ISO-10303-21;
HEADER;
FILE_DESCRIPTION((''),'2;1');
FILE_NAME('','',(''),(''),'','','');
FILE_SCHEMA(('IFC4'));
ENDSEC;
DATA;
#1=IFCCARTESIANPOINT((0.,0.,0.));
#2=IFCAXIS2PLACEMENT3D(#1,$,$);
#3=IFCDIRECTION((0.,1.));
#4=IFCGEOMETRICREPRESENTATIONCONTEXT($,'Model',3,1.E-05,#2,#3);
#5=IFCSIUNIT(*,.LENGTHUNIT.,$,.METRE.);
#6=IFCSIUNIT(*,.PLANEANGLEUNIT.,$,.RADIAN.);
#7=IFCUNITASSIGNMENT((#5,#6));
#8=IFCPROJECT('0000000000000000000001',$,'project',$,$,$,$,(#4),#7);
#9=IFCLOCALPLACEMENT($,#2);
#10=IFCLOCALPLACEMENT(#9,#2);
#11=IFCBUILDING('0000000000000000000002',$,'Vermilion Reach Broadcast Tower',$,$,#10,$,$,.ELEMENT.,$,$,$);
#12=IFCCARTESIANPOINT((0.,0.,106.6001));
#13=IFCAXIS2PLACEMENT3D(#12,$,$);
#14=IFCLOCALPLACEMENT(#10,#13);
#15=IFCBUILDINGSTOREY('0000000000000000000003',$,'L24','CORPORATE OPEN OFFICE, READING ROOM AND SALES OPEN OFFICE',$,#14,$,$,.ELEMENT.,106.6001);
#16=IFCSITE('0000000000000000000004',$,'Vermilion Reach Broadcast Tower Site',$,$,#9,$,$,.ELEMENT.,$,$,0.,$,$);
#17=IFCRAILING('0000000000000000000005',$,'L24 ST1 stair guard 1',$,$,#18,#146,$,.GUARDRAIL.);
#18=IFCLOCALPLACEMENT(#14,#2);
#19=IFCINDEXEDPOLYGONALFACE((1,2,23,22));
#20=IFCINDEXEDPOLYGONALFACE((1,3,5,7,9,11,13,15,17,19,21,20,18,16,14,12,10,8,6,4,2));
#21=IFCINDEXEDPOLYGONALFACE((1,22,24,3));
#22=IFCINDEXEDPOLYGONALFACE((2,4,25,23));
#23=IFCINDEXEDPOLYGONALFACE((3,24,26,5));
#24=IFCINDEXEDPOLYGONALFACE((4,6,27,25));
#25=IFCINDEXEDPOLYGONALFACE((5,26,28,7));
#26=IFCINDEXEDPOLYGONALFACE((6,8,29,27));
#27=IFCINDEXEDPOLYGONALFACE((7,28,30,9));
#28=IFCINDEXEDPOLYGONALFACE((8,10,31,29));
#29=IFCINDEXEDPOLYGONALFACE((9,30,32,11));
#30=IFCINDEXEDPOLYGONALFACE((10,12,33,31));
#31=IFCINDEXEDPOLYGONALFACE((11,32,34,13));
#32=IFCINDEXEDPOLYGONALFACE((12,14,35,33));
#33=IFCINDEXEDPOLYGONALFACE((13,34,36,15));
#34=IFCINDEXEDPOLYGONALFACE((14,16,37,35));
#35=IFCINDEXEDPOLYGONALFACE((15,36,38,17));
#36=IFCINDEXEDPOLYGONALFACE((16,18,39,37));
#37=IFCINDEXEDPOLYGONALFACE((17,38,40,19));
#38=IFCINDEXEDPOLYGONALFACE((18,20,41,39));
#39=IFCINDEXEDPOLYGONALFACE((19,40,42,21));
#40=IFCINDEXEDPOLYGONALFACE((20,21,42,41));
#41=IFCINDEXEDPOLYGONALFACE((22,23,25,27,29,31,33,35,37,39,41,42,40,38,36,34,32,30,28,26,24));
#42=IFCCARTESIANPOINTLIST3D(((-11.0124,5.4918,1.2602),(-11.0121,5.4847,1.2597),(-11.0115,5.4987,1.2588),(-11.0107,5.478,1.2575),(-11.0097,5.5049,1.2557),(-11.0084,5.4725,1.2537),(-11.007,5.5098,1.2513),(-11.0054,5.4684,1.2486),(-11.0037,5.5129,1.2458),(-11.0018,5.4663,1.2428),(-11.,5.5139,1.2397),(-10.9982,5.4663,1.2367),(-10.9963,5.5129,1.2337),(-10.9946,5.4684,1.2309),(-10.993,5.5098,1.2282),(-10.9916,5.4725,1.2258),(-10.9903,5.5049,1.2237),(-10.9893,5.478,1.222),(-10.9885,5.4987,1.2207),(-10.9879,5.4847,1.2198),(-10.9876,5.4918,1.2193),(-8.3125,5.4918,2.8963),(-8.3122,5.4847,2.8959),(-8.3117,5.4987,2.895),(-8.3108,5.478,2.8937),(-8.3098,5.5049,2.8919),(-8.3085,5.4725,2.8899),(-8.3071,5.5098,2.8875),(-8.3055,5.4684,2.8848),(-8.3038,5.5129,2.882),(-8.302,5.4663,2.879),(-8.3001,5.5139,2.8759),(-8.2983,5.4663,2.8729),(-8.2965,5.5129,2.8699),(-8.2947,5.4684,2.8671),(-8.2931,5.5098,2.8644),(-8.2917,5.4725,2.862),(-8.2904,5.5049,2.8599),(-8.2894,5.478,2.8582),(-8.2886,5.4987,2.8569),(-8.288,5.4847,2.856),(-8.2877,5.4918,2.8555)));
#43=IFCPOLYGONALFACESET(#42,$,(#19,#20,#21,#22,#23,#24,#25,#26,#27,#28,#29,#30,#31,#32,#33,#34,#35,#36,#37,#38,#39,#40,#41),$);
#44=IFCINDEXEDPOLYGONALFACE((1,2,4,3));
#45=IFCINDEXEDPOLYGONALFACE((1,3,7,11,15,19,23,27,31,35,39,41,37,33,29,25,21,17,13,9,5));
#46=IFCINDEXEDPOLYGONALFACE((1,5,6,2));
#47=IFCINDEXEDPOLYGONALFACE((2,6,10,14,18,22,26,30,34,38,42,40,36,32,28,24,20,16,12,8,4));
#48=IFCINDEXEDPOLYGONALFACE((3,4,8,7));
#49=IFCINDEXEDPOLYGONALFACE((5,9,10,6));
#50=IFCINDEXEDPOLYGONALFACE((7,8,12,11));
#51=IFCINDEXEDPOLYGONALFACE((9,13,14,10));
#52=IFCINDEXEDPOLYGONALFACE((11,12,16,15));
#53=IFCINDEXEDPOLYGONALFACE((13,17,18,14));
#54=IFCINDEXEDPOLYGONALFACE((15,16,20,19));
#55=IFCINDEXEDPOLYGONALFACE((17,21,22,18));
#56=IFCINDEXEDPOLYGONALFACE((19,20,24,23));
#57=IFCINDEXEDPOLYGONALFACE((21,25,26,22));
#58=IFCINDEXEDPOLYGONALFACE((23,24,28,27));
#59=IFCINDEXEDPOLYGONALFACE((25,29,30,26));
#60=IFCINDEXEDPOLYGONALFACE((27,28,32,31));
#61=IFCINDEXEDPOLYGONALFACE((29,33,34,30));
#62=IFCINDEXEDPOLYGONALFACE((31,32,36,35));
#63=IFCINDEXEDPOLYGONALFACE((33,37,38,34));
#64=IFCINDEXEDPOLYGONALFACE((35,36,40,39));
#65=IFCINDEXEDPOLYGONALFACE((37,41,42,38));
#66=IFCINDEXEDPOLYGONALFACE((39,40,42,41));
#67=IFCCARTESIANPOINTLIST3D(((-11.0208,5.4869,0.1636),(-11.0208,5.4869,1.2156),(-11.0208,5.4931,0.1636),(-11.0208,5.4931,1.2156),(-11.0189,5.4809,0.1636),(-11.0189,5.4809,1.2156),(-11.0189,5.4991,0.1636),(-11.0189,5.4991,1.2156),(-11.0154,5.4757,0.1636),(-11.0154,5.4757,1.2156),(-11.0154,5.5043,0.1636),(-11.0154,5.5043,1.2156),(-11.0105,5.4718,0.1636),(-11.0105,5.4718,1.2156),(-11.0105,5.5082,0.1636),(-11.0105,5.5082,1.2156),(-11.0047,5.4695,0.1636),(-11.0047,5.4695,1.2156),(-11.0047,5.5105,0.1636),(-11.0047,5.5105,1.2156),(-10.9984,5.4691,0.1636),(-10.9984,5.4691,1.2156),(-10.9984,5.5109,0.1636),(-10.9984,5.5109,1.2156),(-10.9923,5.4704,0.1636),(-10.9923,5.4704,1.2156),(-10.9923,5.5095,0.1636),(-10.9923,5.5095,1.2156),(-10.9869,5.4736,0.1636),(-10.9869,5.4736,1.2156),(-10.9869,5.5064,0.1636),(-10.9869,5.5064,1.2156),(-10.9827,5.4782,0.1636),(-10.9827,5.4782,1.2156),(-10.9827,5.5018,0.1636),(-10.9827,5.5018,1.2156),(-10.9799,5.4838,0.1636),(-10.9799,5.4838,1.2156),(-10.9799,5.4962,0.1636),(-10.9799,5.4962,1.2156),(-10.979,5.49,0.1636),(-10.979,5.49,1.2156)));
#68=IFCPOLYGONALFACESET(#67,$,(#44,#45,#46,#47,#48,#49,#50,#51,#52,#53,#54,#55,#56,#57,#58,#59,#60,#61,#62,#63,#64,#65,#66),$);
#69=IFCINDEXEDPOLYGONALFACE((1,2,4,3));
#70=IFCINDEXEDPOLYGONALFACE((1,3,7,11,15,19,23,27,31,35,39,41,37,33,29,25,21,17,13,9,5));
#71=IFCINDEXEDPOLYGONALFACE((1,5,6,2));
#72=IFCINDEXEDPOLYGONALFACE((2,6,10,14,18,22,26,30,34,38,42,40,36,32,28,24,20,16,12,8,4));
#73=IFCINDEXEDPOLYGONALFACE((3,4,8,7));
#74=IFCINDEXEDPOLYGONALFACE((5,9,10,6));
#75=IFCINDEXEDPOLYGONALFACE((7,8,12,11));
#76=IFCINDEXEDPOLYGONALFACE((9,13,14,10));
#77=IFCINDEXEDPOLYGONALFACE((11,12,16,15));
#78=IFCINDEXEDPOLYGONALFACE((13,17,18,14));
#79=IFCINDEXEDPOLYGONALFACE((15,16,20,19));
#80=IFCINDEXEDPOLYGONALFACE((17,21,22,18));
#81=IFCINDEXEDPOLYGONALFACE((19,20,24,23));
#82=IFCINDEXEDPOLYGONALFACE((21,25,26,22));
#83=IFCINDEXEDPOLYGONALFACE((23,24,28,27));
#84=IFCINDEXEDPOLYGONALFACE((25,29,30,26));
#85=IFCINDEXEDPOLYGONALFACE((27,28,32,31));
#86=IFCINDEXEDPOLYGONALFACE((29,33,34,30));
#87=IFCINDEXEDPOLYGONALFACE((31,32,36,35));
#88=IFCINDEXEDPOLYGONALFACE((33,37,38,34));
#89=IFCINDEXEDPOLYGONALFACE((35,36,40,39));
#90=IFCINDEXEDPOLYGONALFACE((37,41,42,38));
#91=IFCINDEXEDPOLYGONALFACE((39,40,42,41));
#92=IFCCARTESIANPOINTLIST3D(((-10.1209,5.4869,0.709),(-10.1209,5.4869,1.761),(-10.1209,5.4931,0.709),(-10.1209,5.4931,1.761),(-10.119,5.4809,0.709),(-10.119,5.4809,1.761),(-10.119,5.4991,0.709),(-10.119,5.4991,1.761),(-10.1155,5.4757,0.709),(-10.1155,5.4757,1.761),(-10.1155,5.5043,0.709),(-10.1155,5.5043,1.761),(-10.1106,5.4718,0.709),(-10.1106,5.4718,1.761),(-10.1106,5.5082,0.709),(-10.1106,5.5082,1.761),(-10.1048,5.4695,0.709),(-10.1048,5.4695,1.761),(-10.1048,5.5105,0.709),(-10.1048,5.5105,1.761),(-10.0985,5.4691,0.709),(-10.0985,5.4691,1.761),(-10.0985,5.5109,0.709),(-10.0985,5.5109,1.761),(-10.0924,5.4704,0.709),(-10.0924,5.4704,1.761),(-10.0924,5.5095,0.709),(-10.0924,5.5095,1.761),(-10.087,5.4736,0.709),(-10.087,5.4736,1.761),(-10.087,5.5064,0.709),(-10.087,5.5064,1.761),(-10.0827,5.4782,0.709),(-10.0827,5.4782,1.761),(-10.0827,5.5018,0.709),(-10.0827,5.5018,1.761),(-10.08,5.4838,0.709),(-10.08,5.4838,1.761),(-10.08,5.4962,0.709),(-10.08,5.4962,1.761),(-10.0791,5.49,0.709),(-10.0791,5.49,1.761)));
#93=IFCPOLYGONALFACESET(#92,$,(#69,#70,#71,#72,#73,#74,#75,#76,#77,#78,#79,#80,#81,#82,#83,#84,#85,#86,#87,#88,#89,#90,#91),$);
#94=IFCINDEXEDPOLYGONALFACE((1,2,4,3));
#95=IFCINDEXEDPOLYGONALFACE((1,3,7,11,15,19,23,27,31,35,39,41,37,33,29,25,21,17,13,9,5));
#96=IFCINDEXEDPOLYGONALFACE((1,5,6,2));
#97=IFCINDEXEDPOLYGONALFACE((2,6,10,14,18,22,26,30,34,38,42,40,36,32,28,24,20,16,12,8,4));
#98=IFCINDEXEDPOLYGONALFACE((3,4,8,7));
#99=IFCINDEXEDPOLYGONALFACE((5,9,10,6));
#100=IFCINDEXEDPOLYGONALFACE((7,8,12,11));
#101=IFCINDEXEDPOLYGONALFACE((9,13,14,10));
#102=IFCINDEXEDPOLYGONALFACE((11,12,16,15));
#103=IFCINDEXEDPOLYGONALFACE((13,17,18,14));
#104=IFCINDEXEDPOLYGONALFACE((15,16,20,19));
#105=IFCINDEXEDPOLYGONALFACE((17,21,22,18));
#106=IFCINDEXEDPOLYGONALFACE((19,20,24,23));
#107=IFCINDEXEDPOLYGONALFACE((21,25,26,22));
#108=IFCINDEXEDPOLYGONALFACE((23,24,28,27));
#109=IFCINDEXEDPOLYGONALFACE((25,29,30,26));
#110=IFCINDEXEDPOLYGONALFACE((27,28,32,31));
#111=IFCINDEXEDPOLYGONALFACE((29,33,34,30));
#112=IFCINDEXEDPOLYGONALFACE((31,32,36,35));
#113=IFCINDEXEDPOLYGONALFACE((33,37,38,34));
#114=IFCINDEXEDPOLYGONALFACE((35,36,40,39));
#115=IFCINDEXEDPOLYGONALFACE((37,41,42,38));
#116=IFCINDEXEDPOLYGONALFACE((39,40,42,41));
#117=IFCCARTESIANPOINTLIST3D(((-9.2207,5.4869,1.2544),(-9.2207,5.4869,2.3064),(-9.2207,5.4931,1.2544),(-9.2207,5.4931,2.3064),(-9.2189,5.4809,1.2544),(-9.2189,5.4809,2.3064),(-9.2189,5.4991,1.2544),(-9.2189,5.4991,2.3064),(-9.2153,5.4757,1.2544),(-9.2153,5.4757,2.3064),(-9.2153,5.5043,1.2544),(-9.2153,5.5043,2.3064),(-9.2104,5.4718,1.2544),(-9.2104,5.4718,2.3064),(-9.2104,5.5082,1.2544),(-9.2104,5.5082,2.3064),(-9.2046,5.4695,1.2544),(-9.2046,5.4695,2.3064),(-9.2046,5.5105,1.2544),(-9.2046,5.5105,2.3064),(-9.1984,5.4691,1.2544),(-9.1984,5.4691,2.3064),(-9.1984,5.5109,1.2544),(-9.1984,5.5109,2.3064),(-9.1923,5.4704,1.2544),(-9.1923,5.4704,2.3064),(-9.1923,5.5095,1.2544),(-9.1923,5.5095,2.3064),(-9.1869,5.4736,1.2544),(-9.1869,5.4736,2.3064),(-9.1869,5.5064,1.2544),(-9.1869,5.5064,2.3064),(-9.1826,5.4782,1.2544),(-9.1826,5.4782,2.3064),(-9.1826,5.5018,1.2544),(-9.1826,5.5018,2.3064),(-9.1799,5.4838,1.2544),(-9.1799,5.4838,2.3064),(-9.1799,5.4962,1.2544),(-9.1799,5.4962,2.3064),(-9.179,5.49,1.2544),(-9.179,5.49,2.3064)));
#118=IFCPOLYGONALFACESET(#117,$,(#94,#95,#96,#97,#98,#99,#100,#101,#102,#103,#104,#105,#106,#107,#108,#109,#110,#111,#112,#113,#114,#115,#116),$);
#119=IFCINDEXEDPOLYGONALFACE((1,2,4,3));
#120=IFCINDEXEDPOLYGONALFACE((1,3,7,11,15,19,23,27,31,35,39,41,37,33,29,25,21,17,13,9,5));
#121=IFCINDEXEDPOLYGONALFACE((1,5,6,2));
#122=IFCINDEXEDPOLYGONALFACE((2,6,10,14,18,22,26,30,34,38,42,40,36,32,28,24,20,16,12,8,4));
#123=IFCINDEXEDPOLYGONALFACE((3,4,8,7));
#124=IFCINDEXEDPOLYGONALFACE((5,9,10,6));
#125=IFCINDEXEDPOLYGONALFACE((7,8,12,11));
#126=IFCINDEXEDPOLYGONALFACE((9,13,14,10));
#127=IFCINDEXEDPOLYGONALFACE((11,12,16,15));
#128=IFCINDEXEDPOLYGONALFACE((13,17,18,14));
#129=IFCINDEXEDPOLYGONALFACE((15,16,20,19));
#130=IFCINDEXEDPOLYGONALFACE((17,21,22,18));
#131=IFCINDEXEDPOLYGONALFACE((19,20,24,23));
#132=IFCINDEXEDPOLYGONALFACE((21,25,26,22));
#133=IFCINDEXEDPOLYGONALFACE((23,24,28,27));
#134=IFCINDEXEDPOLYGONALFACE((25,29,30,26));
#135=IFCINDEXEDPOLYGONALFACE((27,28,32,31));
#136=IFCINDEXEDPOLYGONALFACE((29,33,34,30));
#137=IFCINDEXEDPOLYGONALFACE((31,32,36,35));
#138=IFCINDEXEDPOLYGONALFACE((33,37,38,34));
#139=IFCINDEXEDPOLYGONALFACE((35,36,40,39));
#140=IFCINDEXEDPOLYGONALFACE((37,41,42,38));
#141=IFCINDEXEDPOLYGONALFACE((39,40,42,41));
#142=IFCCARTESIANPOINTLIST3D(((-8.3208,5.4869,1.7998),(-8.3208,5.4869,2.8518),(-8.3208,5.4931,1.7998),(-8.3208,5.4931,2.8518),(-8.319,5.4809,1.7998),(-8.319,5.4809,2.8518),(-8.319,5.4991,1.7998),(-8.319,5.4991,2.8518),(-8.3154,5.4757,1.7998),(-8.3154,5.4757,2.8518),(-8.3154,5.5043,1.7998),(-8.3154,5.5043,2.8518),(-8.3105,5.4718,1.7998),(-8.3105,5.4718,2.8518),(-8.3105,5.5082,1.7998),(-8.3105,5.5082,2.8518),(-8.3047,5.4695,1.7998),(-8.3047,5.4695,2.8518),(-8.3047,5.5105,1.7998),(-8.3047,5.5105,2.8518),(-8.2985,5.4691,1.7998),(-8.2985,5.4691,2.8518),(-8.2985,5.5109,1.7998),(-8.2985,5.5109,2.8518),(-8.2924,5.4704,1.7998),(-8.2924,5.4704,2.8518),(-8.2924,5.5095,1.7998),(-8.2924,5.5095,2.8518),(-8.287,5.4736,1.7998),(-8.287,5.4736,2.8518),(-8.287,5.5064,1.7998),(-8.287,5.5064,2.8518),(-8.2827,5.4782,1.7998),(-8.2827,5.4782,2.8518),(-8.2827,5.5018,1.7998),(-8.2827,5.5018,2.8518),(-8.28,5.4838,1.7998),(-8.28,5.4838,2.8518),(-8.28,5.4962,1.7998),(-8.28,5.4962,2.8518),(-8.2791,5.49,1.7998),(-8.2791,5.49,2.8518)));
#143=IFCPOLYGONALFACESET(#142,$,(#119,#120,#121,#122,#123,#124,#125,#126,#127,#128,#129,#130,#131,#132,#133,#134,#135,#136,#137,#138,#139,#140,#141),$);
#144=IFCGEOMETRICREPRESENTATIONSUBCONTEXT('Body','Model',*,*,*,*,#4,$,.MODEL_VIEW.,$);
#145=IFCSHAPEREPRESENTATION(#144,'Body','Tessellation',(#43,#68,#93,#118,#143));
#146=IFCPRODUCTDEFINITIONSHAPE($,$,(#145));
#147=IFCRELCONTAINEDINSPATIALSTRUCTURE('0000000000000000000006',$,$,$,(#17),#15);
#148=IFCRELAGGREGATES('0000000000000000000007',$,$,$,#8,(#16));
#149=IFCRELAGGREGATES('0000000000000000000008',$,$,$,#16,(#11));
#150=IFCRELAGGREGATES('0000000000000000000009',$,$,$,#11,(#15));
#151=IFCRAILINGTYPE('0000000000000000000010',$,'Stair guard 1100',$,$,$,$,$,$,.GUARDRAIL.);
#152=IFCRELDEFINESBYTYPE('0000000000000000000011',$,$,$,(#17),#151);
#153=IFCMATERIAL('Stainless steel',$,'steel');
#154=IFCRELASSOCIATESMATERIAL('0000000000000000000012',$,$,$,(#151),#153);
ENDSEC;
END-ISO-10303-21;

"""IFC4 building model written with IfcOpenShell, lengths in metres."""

from ifc_helpers import new_model, si_unit, direction, frame, origin, origin_2d, place, context, subcontext, project, spatial, circle, extrude, material, type_object, element, save


model = new_model("IFC4")

# Units and contexts
model_context = context("Model", 3, precision=1e-05, world=origin(), true_north=direction((0.0, 1.0)))
body_context = subcontext(model_context, "Body", "Model", "MODEL_VIEW")
ifc_project = project(units=[si_unit("LENGTHUNIT", "METRE"), si_unit("PLANEANGLEUNIT", "RADIAN")], contexts=[model_context])

# Site, building, storey
site_placement = place(None, origin())
site = spatial("IfcSite", under=ifc_project, at=site_placement, Name="Vermilion Reach Broadcast Tower Site", CompositionType="ELEMENT", RefElevation=0.0)
building_placement = place(site_placement, origin())
building = spatial("IfcBuilding", under=site, at=building_placement, Name="Vermilion Reach Broadcast Tower", CompositionType="ELEMENT")
storey_placement = place(building_placement, frame((0.0, 0.0, 106.6001)))
storey = spatial("IfcBuildingStorey", under=building, at=storey_placement, Name="L24", Description="CORPORATE OPEN OFFICE, READING ROOM AND SALES OPEN OFFICE", CompositionType="ELEMENT", Elevation=106.6001)

# Railing
ifc_material_1 = material(Name="Stainless steel", Category="steel")
railing_type_1 = type_object("IfcRailingType", Name="Stair guard 1100", PredefinedType="GUARDRAIL", material=ifc_material_1)
railing_1_placement = place(storey_placement, frame((-11.0, 5.49, 0.1636)))
element("IfcRailing", 1, at=railing_1_placement, inside=storey, type_object=railing_type_1, Name="L24 ST1 stair guard 1", PredefinedType="GUARDRAIL", context=body_context, shape_type="SweptSolid", body=[
    extrude(circle(Radius=0.0239, at=origin_2d()), frame((0.0, 0.0, 1.0762), z_axis=(0.855212, 0.0, 0.518278), x_axis=(0.0, 1.0, 0.0)), (0.0, 0.0, 1.0), 3.157),
    extrude(circle(Radius=0.021, at=origin_2d()), origin(), (0.0, 0.0, 1.0), 1.052),
    extrude(circle(Radius=0.021, at=origin_2d()), frame((0.8999, 0.0, 0.5454)), (0.0, 0.0, 1.0), 1.052),
    extrude(circle(Radius=0.021, at=origin_2d()), frame((1.8, 0.0, 1.0908)), (0.0, 0.0, 1.0), 1.052),
    extrude(circle(Radius=0.021, at=origin_2d()), frame((2.7, 0.0, 1.6362)), (0.0, 0.0, 1.0), 1.052),
])

save(model, "model.ifc")
